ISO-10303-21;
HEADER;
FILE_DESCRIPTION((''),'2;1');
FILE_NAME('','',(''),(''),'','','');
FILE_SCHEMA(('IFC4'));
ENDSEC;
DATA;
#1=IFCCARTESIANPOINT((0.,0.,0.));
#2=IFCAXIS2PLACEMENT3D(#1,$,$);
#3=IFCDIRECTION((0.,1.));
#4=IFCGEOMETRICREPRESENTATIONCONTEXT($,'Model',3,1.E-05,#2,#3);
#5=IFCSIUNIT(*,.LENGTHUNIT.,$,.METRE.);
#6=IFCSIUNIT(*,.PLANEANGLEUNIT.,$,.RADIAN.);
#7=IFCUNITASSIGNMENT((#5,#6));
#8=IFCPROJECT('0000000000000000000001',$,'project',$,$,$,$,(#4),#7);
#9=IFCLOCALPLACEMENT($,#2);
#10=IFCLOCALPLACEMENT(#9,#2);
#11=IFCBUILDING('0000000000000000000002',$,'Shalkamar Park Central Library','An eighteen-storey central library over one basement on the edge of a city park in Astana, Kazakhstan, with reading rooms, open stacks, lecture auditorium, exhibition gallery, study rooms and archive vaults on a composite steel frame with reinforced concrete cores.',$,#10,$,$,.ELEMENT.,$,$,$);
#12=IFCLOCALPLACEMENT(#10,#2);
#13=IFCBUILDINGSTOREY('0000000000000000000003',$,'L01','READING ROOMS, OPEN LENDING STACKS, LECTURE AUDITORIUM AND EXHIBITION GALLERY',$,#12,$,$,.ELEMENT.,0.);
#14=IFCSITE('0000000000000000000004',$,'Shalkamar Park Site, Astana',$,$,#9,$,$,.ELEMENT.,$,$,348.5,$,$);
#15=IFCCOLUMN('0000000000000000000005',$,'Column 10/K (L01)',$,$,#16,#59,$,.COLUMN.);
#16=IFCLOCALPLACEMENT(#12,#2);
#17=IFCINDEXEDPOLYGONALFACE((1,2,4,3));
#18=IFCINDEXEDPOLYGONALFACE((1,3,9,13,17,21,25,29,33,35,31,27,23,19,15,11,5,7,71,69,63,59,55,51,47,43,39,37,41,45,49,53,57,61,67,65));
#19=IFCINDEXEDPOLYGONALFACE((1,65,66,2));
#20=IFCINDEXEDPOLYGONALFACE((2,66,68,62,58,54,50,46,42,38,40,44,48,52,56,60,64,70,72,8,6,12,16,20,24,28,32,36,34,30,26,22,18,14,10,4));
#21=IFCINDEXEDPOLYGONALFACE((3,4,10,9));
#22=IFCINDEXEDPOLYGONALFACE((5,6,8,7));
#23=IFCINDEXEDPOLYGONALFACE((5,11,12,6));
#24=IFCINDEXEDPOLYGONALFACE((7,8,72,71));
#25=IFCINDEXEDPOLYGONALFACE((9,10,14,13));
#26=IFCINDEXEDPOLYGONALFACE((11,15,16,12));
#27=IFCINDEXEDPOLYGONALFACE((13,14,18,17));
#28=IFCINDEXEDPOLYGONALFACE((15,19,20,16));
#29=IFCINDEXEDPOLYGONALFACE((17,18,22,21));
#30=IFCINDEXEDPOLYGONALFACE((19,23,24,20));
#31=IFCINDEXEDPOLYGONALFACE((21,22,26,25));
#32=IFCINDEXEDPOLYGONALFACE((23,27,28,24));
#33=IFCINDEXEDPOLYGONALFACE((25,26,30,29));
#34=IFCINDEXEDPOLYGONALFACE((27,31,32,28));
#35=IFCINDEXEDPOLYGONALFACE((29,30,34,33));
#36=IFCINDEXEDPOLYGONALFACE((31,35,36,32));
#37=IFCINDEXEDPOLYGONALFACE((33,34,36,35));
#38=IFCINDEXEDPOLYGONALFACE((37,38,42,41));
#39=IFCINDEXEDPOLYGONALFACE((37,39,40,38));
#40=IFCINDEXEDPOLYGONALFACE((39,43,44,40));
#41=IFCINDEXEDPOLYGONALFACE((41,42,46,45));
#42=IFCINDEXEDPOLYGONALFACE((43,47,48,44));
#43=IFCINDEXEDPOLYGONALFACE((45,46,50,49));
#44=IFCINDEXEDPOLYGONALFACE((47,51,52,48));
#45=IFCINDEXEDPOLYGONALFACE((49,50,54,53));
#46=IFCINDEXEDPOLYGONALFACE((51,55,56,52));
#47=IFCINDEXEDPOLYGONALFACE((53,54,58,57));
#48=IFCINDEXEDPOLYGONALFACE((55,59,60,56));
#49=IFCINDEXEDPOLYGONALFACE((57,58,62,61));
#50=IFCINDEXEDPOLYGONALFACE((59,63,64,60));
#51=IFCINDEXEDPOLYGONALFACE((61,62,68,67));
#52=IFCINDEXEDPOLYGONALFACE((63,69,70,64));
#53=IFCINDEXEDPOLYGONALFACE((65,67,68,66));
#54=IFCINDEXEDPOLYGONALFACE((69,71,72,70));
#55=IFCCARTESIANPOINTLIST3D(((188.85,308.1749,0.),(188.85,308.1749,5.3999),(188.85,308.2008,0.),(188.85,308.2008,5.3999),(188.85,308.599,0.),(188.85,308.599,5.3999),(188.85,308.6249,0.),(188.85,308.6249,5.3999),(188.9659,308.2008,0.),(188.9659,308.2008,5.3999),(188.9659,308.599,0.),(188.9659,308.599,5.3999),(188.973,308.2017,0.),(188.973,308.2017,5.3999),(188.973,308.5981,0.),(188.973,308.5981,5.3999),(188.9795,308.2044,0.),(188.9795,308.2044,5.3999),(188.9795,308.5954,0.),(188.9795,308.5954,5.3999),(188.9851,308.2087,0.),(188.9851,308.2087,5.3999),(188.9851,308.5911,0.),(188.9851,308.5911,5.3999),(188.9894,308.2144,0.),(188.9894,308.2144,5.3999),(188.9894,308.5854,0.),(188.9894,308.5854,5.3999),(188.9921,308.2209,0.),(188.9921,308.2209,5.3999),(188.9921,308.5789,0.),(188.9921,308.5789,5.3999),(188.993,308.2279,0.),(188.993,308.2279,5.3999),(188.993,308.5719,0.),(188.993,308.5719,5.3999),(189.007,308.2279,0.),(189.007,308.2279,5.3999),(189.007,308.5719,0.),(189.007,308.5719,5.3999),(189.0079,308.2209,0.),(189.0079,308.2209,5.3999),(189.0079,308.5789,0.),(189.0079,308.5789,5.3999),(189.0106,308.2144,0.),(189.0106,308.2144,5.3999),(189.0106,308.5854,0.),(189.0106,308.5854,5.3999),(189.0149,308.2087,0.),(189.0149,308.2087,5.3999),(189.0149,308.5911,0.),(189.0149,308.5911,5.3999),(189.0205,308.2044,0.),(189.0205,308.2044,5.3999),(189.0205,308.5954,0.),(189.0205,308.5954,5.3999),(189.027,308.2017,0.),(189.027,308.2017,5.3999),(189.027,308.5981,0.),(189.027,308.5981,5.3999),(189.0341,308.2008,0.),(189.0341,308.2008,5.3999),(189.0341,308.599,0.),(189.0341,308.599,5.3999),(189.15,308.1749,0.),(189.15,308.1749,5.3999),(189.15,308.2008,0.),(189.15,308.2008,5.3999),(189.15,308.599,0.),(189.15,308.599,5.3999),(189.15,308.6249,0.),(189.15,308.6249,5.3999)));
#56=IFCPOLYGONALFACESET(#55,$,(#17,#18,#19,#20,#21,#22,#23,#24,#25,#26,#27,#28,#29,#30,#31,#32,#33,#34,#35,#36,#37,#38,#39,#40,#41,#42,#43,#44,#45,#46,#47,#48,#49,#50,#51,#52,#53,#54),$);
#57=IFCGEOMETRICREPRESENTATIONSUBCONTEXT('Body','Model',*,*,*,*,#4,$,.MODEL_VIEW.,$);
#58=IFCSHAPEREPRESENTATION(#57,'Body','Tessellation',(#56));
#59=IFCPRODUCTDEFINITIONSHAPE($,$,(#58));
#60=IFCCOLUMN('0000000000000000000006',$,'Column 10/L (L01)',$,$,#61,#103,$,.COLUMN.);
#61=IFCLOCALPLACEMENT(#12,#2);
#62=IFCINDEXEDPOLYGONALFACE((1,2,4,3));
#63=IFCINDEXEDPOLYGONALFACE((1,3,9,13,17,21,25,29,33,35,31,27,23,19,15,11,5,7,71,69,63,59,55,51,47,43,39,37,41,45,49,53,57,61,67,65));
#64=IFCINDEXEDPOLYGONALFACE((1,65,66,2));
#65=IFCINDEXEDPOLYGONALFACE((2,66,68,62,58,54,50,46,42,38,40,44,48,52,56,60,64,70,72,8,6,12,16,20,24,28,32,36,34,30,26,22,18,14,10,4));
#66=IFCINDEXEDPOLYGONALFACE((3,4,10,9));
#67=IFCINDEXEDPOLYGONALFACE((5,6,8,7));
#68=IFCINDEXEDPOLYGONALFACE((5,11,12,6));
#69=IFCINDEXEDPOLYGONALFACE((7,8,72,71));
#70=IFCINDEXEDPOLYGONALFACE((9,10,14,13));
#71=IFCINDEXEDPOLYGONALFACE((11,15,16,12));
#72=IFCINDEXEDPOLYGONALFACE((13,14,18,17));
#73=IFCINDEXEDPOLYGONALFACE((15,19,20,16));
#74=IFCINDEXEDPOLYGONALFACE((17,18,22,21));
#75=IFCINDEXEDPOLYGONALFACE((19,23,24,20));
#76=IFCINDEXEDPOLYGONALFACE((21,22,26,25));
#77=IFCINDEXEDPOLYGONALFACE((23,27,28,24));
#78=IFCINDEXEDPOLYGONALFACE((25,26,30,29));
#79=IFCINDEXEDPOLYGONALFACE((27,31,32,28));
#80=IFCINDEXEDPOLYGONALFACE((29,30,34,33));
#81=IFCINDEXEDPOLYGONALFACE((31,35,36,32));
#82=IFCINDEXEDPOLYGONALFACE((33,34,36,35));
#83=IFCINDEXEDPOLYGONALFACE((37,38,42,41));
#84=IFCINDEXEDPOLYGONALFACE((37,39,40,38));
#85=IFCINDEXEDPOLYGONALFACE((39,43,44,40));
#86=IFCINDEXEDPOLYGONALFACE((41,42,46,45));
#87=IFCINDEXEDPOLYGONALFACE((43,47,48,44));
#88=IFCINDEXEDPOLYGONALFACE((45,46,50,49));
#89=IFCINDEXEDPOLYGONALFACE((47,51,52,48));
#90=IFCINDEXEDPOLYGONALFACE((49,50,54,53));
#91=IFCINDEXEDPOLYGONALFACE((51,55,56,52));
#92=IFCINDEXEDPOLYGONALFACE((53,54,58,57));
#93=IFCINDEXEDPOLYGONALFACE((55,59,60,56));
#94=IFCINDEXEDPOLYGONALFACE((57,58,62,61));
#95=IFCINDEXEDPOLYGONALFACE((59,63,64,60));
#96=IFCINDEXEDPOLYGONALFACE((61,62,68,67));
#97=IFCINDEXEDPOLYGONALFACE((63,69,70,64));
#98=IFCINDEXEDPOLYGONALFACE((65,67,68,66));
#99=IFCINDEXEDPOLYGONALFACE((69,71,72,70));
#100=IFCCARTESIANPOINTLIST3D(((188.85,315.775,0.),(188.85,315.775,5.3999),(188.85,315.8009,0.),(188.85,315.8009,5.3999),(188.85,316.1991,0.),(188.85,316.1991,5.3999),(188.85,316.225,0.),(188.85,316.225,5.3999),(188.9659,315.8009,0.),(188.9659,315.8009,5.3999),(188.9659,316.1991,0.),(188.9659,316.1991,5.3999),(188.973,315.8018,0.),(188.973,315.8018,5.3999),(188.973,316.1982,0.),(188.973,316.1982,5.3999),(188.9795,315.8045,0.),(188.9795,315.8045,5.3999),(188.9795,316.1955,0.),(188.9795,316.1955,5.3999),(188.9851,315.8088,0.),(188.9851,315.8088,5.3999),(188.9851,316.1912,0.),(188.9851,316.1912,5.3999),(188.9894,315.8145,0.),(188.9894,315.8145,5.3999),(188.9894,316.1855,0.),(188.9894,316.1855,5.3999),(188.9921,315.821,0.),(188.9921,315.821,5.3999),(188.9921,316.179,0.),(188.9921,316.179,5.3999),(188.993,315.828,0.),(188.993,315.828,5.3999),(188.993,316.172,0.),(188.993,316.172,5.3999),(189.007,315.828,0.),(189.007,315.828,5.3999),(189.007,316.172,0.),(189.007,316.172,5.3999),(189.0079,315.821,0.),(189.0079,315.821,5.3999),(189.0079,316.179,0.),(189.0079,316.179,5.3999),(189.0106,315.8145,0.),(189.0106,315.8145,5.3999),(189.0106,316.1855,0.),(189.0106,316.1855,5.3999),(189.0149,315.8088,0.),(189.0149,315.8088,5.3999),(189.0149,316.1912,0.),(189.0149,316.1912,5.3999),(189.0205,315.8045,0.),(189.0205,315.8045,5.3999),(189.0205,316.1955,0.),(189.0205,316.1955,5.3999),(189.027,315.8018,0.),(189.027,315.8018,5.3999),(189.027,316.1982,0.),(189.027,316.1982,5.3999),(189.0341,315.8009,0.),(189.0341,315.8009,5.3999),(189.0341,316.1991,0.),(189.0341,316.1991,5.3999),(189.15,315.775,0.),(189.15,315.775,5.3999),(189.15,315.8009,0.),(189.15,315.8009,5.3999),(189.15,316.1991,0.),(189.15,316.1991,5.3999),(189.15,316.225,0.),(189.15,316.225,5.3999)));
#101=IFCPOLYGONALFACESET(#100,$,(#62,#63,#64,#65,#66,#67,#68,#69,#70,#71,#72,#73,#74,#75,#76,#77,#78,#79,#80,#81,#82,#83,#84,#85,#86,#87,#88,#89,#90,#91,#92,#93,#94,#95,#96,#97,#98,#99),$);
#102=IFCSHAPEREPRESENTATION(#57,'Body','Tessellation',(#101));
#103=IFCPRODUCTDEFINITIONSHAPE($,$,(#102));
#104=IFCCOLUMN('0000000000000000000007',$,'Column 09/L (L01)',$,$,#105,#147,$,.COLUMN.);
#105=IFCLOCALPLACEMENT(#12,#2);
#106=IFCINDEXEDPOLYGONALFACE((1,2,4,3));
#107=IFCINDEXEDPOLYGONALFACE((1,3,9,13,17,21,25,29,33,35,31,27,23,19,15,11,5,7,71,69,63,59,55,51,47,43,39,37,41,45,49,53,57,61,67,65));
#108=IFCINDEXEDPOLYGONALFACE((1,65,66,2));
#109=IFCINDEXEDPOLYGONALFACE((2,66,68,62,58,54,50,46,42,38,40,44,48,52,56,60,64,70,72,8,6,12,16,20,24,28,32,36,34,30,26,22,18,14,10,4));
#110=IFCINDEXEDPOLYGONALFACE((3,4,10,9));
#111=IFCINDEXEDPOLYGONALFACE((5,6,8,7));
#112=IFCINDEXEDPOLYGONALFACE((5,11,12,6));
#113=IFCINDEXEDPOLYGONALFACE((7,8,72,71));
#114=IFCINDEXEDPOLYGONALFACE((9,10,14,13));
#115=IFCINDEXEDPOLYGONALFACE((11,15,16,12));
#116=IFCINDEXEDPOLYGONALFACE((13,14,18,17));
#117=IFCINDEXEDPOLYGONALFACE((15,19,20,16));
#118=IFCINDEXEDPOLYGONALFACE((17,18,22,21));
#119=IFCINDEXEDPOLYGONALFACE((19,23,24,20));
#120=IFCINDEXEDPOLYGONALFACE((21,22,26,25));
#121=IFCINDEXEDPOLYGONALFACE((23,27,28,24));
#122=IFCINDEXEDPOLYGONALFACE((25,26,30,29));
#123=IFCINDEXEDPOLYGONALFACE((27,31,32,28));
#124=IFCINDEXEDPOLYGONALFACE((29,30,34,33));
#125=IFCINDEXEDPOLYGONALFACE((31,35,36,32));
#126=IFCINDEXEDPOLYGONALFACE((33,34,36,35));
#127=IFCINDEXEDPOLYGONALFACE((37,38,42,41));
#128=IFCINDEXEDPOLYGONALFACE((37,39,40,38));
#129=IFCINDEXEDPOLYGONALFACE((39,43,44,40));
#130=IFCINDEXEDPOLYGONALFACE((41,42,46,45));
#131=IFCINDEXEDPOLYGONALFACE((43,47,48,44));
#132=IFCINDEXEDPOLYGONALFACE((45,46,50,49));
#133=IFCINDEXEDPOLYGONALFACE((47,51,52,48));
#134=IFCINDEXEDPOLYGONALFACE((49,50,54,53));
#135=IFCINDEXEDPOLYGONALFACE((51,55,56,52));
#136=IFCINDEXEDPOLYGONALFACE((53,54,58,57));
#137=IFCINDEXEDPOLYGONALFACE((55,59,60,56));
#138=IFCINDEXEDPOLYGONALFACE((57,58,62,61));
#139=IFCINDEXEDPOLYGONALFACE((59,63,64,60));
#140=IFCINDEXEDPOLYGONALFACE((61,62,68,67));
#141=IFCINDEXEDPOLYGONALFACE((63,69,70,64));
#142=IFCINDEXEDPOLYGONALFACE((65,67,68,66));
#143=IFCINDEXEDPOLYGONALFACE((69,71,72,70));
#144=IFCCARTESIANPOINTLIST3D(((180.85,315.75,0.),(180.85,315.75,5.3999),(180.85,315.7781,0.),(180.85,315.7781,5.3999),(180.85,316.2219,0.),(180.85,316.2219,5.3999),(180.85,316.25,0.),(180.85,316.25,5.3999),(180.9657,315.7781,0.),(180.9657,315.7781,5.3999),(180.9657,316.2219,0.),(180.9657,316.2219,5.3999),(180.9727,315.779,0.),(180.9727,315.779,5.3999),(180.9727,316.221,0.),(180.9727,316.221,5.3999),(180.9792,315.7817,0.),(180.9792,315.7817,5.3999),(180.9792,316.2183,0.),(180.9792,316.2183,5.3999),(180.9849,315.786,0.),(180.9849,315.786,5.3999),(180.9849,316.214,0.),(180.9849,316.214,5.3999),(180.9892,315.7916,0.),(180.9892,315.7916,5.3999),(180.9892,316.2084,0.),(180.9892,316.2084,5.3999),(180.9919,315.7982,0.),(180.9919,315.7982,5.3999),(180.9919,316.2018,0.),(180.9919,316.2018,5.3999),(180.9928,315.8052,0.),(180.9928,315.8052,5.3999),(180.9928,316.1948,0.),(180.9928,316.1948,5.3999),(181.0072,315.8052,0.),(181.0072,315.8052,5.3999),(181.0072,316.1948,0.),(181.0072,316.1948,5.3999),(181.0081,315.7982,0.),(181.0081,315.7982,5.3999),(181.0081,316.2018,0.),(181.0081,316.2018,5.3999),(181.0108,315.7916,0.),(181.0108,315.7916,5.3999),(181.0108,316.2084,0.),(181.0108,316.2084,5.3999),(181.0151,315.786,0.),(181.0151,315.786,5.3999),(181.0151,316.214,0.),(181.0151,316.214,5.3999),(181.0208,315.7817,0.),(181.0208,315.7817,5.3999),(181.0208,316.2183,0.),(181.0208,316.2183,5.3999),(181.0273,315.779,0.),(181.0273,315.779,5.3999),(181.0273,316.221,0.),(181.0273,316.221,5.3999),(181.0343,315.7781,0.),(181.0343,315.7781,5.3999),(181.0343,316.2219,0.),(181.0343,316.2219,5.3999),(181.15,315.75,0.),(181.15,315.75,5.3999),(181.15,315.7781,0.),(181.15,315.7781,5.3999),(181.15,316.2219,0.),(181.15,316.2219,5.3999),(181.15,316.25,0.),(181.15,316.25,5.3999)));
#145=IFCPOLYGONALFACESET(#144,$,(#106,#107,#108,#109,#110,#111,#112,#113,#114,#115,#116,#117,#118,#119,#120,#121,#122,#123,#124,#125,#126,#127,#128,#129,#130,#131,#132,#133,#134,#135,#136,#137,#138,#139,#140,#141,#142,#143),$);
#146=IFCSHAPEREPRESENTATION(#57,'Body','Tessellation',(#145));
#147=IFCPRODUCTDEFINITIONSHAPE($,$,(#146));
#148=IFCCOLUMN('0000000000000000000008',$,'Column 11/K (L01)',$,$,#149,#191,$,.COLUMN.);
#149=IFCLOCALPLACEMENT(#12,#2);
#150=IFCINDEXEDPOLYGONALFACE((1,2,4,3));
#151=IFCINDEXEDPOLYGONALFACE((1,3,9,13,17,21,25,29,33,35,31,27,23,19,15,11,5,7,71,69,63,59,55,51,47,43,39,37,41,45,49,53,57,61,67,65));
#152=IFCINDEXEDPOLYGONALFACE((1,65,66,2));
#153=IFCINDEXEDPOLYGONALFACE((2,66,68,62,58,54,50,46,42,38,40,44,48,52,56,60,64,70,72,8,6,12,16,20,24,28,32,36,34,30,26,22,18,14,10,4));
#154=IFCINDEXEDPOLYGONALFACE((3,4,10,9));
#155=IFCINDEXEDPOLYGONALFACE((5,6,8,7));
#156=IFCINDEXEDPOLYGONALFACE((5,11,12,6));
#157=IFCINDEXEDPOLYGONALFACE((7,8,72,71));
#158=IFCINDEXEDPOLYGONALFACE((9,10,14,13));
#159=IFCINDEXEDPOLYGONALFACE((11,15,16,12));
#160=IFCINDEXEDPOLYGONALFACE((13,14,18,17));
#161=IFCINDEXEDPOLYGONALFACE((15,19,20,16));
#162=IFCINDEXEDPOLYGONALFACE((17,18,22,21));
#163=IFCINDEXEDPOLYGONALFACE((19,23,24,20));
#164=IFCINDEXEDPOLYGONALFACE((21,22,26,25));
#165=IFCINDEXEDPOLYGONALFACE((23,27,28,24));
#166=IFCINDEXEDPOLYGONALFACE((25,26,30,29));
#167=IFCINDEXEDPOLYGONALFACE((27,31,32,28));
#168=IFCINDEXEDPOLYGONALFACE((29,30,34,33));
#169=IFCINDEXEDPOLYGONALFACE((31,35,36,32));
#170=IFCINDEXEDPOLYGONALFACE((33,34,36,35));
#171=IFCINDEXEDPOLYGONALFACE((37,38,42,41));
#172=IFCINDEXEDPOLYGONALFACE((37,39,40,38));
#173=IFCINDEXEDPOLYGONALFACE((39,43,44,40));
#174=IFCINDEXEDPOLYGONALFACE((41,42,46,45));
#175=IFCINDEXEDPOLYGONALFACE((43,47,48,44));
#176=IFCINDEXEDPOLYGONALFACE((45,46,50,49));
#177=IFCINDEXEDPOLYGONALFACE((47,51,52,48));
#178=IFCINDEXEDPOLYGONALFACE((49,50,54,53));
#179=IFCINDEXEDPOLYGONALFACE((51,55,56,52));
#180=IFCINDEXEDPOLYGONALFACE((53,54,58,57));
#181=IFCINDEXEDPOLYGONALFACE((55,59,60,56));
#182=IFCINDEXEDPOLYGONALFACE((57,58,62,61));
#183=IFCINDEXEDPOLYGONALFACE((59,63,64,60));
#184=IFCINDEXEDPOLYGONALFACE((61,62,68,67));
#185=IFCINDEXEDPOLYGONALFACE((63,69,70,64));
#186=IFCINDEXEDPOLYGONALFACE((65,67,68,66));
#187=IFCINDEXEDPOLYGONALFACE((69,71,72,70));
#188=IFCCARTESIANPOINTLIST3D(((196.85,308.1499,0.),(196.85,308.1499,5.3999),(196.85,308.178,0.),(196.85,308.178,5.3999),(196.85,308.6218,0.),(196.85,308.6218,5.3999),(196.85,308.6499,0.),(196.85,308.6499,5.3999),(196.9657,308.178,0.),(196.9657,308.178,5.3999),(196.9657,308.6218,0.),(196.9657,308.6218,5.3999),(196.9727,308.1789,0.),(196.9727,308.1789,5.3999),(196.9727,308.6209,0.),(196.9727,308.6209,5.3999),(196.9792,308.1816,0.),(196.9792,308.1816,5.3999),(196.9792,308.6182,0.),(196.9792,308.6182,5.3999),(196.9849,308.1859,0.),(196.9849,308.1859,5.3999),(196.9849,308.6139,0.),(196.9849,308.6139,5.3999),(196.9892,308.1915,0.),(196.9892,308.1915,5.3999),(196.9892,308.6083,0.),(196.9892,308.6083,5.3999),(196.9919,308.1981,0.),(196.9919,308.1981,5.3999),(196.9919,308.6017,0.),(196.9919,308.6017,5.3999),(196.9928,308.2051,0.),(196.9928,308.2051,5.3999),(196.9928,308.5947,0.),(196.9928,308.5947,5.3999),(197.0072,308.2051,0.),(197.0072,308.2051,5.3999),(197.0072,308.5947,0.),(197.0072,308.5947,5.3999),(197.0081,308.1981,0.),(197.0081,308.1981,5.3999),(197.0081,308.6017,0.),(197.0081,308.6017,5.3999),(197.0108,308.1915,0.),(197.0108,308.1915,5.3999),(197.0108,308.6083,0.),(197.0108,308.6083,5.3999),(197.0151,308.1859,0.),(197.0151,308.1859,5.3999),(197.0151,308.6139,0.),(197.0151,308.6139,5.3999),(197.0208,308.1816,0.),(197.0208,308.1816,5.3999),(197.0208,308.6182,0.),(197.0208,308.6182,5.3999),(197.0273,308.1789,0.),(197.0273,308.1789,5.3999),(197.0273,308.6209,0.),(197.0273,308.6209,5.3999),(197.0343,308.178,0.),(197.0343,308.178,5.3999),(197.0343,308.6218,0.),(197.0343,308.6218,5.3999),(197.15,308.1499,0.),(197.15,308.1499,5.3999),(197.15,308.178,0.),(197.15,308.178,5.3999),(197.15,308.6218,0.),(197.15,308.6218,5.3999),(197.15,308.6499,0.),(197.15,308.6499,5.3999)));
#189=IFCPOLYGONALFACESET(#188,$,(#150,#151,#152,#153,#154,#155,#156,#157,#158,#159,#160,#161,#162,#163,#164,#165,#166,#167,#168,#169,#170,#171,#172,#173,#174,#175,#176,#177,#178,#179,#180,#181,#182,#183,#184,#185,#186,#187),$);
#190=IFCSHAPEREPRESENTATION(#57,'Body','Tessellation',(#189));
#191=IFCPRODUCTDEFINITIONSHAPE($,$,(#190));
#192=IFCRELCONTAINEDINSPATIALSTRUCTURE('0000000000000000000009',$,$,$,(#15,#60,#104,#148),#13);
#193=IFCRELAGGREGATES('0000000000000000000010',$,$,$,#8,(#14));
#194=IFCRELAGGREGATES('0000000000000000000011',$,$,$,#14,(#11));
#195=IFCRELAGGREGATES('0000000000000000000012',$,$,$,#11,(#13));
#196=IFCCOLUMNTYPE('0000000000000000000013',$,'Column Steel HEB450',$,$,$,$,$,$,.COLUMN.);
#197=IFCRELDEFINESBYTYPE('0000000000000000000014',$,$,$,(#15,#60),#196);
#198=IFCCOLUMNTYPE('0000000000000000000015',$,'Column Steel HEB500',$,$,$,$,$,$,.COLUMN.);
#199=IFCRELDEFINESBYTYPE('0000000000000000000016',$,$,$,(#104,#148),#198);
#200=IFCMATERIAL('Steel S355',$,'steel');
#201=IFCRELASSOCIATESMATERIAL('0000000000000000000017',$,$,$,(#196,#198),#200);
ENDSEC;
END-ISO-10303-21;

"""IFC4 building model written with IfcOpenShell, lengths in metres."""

from ifc_helpers import new_model, si_unit, direction, frame, origin, origin_2d, place, context, subcontext, project, spatial, i_section, extrude, material, material_profile, profile_set, type_object, element, save


model = new_model("IFC4")

# Units and contexts
model_context = context("Model", 3, precision=1e-05, world=origin(), true_north=direction((0.0, 1.0)))
body_context = subcontext(model_context, "Body", "Model", "MODEL_VIEW")
ifc_project = project(units=[si_unit("LENGTHUNIT", "METRE"), si_unit("PLANEANGLEUNIT", "RADIAN")], contexts=[model_context])

# Site, building, storey
site_placement = place(None, origin())
site = spatial("IfcSite", under=ifc_project, at=site_placement, Name="Shalkamar Park Site, Astana", CompositionType="ELEMENT", RefElevation=348.5)
building_placement = place(site_placement, origin())
building = spatial("IfcBuilding", under=site, at=building_placement, Name="Shalkamar Park Central Library", Description="An eighteen-storey central library over one basement on the edge of a city park in Astana, Kazakhstan, with reading rooms, open stacks, lecture auditorium, exhibition gallery, study rooms and archive vaults on a composite steel frame with reinforced concrete cores.", CompositionType="ELEMENT")
storey_placement = place(building_placement, origin())
storey = spatial("IfcBuildingStorey", under=building, at=storey_placement, Name="L01", Description="READING ROOMS, OPEN LENDING STACKS, LECTURE AUDITORIUM AND EXHIBITION GALLERY", CompositionType="ELEMENT", Elevation=0.0)

# Columns
ifc_material_1 = material(Name="Steel S355", Category="steel")
ifc_material_profile_1 = material_profile(ifc_material_1, i_section(OverallWidth=0.3, OverallDepth=0.45, WebThickness=0.0139, FlangeThickness=0.0259, FilletRadius=0.0271, at=origin_2d()), Name="HEB 450")
ifc_profile_set_1 = profile_set([ifc_material_profile_1], Name="Steel S355")
column_type_1 = type_object("IfcColumnType", Name="Column Steel HEB450", PredefinedType="COLUMN", material=ifc_profile_set_1)
for number, where, z_axis, x_axis, name in (
    (1, (189.0, 308.3999, 0.0), (0.0, 0.0, 1.0), (1.0, 0.0, 0.0), "Column 10/K (L01)"),
    (2, (189.0, 316.0, 0.0), (0.0, 0.0, 1.0), (1.0, 0.0, 0.0), "Column 10/L (L01)"),
):
    element("IfcColumn", number, at=place(storey_placement, frame(where, z_axis=z_axis, x_axis=x_axis)), inside=storey, type_object=column_type_1, Name=name, PredefinedType="COLUMN", context=body_context, shape_type="SweptSolid", body=[
        extrude(i_section(OverallWidth=0.3, OverallDepth=0.45, WebThickness=0.0139, FlangeThickness=0.0259, FilletRadius=0.0271, at=origin_2d()), origin(), (0.0, 0.0, 1.0), 5.3999),
    ])
ifc_material_profile_2 = material_profile(ifc_material_1, i_section(OverallWidth=0.3, OverallDepth=0.5, WebThickness=0.0144, FlangeThickness=0.0281, FilletRadius=0.0271, at=origin_2d()), Name="HEB 500")
ifc_profile_set_2 = profile_set([ifc_material_profile_2], Name="Steel S355")
column_type_2 = type_object("IfcColumnType", Name="Column Steel HEB500", PredefinedType="COLUMN", material=ifc_profile_set_2)
for number, where, z_axis, x_axis, name in (
    (3, (181.0, 316.0, 0.0), (0.0, 0.0, 1.0), (1.0, 0.0, 0.0), "Column 09/L (L01)"),
    (4, (197.0, 308.3999, 0.0), (0.0, 0.0, 1.0), (1.0, 0.0, 0.0), "Column 11/K (L01)"),
):
    element("IfcColumn", number, at=place(storey_placement, frame(where, z_axis=z_axis, x_axis=x_axis)), inside=storey, type_object=column_type_2, Name=name, PredefinedType="COLUMN", context=body_context, shape_type="SweptSolid", body=[
        extrude(i_section(OverallWidth=0.3, OverallDepth=0.5, WebThickness=0.0144, FlangeThickness=0.0281, FilletRadius=0.0271, at=origin_2d()), origin(), (0.0, 0.0, 1.0), 5.3999),
    ])

save(model, "model.ifc")
